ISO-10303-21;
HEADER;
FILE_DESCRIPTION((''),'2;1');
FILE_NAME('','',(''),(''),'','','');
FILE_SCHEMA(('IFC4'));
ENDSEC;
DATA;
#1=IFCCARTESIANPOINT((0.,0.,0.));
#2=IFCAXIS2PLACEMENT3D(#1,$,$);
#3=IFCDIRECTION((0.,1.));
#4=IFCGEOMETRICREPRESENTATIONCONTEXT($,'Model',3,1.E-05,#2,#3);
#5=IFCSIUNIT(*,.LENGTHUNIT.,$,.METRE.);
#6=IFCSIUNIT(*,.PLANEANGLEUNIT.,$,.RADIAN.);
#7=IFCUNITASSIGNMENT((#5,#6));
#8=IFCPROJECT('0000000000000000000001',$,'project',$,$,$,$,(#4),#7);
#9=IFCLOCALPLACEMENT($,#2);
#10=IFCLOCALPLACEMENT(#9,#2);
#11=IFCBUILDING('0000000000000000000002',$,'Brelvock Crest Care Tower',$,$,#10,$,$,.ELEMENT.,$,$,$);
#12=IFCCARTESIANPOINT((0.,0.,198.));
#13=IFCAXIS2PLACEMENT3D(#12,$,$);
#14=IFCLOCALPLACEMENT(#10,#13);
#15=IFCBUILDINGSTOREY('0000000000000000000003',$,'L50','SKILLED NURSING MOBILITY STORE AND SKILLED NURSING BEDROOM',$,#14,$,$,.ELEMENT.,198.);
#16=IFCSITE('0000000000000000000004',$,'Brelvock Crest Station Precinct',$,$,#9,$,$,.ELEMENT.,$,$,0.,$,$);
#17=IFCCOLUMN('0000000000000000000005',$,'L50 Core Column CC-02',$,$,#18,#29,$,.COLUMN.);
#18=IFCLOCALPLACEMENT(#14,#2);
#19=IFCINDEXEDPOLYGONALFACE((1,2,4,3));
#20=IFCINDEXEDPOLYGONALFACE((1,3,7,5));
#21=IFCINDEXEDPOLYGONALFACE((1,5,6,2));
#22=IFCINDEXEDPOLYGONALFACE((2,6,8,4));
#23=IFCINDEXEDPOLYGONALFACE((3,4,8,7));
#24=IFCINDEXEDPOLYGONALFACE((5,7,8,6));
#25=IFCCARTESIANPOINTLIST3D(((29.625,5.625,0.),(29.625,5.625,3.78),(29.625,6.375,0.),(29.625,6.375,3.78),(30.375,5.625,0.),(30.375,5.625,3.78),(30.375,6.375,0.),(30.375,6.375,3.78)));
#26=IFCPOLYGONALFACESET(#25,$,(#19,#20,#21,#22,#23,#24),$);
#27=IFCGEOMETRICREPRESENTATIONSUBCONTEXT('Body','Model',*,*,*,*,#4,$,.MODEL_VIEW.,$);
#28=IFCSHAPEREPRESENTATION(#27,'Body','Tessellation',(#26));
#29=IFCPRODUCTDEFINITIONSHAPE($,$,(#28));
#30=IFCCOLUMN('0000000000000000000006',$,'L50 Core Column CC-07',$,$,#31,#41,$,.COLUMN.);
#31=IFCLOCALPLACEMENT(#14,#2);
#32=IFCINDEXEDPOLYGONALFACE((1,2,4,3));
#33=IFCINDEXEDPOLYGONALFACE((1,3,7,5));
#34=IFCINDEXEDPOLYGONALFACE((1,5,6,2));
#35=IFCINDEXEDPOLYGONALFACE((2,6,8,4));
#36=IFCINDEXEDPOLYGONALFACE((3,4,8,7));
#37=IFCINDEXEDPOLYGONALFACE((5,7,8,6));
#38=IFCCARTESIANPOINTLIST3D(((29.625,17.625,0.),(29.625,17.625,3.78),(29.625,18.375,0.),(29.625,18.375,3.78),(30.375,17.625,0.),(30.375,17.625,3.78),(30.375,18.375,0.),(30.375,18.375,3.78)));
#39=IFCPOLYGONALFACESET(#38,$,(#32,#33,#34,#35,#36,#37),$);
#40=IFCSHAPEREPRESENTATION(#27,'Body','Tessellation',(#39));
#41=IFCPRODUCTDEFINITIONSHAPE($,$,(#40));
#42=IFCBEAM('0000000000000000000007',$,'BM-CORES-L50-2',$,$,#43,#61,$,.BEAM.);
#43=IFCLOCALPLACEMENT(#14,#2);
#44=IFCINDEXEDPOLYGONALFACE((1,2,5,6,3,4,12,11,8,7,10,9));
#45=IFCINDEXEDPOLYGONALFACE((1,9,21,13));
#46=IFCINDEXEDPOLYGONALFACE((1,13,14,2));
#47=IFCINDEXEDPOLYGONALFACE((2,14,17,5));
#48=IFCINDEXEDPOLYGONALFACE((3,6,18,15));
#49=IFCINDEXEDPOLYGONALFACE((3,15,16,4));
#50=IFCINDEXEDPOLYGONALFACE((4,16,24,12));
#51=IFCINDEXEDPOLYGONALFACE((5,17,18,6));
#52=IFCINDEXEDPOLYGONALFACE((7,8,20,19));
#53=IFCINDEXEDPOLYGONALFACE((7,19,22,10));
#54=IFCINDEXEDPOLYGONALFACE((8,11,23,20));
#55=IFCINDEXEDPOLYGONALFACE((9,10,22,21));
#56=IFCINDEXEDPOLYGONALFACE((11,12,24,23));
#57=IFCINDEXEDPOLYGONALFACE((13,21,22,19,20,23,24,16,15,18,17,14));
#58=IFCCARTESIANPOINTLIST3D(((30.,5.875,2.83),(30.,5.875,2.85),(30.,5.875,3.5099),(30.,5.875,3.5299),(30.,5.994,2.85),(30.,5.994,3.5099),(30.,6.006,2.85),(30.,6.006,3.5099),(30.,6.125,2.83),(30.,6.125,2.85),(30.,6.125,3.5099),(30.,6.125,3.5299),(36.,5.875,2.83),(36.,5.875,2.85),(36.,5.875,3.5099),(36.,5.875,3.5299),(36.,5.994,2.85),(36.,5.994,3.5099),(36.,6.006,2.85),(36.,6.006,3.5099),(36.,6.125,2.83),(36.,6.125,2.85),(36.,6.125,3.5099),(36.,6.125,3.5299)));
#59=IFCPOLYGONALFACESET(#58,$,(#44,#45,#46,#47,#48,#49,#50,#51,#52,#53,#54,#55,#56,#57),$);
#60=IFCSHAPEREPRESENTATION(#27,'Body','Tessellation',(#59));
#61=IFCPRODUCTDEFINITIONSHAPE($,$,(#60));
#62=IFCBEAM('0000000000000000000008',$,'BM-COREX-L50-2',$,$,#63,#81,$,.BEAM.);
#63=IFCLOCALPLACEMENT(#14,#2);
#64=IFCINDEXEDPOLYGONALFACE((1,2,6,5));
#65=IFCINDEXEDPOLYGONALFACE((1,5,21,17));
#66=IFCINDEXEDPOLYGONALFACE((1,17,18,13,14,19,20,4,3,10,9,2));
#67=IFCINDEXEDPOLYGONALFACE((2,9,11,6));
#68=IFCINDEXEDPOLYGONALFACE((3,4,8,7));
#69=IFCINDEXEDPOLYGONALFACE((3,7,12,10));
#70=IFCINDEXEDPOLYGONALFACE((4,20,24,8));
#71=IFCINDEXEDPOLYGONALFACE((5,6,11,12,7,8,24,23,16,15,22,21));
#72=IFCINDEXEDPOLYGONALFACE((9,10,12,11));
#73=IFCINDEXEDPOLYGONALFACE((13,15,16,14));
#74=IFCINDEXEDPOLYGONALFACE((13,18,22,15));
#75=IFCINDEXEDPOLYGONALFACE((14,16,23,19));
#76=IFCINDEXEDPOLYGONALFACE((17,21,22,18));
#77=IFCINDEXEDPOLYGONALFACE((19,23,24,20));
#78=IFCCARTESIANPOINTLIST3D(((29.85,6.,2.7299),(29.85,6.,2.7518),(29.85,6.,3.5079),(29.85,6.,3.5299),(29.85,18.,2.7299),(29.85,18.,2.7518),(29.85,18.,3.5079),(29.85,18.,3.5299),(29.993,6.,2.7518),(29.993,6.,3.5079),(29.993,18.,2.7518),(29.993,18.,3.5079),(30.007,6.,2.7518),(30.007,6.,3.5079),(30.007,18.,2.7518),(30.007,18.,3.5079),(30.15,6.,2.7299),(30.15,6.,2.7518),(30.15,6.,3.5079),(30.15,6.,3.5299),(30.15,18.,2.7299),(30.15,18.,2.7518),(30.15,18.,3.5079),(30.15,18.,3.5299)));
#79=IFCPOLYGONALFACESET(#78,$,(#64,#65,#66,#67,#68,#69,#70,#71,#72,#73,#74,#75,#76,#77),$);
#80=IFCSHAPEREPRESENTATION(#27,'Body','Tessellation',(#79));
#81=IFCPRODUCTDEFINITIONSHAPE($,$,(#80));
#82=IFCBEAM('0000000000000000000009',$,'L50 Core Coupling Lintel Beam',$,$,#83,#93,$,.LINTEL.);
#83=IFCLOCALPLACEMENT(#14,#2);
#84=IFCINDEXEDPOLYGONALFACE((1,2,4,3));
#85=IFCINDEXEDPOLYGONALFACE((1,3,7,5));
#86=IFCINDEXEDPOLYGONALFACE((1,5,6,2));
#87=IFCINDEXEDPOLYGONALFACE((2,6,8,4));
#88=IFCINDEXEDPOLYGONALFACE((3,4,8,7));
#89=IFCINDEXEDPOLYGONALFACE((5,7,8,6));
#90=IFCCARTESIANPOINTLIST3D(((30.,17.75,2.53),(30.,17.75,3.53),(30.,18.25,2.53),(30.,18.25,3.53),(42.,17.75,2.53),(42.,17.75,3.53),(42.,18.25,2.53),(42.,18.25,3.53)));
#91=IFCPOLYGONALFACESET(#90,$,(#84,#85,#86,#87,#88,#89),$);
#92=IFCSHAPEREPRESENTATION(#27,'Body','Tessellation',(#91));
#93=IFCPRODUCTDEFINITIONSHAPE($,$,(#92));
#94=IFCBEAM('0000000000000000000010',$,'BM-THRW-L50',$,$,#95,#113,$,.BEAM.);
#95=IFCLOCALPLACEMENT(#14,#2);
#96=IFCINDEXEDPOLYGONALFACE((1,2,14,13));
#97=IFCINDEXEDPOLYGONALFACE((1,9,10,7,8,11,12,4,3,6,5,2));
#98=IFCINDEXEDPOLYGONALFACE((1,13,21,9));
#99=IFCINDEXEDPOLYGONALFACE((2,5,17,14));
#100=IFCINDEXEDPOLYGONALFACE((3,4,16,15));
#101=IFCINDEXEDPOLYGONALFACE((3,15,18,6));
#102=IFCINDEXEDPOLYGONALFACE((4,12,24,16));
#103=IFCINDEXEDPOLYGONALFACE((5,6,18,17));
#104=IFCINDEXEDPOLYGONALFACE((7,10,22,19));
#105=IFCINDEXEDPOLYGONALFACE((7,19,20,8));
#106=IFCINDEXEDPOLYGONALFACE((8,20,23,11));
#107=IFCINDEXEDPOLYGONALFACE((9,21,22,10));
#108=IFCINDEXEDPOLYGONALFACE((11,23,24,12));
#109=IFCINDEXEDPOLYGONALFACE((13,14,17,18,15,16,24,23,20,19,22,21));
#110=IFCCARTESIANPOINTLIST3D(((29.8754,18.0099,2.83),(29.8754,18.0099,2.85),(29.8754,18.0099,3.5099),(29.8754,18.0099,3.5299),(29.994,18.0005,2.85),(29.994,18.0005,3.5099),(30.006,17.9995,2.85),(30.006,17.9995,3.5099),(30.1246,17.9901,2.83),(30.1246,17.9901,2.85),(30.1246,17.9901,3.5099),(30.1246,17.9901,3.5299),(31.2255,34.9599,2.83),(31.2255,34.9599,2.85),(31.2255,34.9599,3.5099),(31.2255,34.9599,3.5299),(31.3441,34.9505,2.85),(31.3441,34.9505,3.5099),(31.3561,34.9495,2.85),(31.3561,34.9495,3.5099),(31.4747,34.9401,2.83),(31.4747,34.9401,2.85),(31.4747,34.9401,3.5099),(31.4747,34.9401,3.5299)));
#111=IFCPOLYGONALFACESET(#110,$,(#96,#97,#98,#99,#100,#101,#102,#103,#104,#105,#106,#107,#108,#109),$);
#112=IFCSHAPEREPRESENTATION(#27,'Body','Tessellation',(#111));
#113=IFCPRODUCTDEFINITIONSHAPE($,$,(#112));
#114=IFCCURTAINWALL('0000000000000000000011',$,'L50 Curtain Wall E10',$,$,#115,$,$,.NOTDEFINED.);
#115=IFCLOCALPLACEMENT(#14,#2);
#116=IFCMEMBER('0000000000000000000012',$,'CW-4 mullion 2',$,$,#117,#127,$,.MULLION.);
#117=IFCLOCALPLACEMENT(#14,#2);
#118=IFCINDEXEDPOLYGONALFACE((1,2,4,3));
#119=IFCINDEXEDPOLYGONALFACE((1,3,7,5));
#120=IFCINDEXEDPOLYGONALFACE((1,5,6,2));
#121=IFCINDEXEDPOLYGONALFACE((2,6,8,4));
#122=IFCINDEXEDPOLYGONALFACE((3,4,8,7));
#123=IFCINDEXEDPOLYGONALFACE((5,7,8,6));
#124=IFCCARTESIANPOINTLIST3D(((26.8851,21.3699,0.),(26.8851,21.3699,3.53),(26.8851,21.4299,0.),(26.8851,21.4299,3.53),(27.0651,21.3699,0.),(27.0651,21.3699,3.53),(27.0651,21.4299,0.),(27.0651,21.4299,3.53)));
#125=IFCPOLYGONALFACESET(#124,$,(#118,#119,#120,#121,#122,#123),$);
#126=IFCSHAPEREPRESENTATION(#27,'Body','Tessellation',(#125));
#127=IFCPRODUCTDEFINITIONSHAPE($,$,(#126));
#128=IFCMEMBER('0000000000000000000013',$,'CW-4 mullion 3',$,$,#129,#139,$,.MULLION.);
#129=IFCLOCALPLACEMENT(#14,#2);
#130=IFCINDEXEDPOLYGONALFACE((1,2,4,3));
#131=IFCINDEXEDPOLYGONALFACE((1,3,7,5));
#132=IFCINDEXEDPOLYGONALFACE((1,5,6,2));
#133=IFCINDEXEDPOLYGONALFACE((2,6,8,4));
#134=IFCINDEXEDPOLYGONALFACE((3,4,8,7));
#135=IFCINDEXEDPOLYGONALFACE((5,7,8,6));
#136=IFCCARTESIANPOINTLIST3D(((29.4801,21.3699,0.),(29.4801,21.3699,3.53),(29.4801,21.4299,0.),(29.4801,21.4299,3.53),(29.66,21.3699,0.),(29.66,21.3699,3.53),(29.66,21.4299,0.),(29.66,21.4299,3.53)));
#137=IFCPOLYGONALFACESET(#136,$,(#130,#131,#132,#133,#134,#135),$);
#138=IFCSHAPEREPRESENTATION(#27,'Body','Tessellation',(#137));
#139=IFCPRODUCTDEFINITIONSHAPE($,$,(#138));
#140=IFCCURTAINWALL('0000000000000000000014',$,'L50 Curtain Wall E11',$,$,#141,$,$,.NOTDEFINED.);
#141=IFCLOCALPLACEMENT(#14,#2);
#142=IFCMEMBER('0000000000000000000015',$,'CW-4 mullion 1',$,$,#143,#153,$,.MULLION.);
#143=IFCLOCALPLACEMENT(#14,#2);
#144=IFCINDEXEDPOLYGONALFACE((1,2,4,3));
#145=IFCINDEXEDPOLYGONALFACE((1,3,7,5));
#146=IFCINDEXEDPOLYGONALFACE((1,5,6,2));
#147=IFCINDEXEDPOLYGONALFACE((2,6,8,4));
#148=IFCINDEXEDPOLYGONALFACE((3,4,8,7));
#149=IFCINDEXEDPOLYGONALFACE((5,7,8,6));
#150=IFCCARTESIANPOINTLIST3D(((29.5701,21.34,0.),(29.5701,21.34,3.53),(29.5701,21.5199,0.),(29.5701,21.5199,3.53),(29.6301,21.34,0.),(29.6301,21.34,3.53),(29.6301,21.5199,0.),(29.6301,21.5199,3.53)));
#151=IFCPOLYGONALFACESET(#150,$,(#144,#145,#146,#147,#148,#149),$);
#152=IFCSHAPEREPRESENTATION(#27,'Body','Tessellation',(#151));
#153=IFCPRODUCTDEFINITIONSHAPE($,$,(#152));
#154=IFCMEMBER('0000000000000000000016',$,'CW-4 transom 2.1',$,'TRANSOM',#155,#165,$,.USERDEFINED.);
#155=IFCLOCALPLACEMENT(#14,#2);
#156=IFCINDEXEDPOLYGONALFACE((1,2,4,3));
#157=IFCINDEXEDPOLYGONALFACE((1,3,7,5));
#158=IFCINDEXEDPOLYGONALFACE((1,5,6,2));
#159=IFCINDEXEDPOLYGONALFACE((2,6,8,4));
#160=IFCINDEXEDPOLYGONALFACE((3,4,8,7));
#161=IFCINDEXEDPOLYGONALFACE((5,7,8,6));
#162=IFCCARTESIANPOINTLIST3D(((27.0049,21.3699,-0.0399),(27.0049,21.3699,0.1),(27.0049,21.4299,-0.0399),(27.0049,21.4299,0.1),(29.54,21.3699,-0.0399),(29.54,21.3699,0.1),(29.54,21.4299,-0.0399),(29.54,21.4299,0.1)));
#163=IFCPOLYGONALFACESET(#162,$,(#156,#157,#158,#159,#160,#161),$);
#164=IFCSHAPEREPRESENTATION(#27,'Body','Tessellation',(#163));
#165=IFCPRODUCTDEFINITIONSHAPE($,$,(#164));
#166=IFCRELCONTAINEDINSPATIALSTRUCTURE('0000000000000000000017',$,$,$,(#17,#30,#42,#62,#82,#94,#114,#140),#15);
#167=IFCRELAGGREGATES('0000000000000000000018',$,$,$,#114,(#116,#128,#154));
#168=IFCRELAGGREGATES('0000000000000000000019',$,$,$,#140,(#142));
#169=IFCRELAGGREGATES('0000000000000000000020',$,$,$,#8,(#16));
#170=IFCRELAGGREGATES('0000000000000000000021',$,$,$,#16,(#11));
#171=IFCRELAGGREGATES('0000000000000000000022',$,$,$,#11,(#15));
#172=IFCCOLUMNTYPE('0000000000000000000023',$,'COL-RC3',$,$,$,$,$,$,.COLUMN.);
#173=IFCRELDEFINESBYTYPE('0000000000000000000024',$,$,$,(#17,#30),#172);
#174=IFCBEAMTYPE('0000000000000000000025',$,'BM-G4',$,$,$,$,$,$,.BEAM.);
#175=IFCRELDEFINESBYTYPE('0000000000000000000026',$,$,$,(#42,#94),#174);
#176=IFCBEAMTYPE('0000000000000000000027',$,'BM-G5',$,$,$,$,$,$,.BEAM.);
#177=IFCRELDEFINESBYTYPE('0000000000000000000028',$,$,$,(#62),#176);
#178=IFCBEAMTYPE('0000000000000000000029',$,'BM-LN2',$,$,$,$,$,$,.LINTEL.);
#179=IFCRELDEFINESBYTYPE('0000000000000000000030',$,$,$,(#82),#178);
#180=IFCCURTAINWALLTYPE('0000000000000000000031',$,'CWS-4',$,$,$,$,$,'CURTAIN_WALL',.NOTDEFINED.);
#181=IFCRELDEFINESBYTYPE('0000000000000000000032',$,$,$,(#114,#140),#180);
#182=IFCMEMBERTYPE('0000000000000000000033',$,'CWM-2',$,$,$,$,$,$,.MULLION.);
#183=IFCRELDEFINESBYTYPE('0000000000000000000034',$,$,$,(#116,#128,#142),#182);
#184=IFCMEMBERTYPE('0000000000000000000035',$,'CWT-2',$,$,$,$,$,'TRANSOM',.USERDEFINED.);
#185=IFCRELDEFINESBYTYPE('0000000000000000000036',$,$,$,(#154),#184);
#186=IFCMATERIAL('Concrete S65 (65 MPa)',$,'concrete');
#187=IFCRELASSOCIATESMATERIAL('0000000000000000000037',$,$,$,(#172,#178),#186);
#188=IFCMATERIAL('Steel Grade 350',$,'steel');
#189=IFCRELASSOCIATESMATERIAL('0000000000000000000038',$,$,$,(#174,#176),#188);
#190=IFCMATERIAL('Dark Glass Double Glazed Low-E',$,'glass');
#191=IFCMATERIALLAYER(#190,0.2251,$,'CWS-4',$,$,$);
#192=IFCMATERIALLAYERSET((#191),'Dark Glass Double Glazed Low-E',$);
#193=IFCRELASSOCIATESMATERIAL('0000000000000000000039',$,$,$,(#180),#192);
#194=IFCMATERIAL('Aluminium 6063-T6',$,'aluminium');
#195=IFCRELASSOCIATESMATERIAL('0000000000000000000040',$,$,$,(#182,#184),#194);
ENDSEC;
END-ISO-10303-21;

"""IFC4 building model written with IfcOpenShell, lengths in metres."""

from ifc_helpers import new_model, si_unit, direction, frame, origin, origin_2d, place, context, subcontext, project, spatial, rectangle, i_section, extrude, source, transform, mapped, material, layer, layer_set, material_profile, profile_set, type_object, element, aggregate, save


model = new_model("IFC4")

# Units and contexts
model_context = context("Model", 3, precision=1e-05, world=origin(), true_north=direction((0.0, 1.0)))
body_context = subcontext(model_context, "Body", "Model", "MODEL_VIEW")
ifc_project = project(units=[si_unit("LENGTHUNIT", "METRE"), si_unit("PLANEANGLEUNIT", "RADIAN")], contexts=[model_context])

# Site, building, storey
site_placement = place(None, origin())
site = spatial("IfcSite", under=ifc_project, at=site_placement, Name="Brelvock Crest Station Precinct", CompositionType="ELEMENT", RefElevation=0.0)
building_placement = place(site_placement, origin())
building = spatial("IfcBuilding", under=site, at=building_placement, Name="Brelvock Crest Care Tower", CompositionType="ELEMENT")
storey_placement = place(building_placement, frame((0.0, 0.0, 198.0)))
storey = spatial("IfcBuildingStorey", under=building, at=storey_placement, Name="L50", Description="SKILLED NURSING MOBILITY STORE AND SKILLED NURSING BEDROOM", CompositionType="ELEMENT", Elevation=198.0)

# Columns
ifc_material_1 = material(Name="Concrete S65 (65 MPa)", Category="concrete")
ifc_material_profile_1 = material_profile(ifc_material_1, rectangle(XDim=0.75, YDim=0.75, at=origin_2d()), Name="RC750x750")
ifc_profile_set_1 = profile_set([ifc_material_profile_1], Name="Concrete S65 (65 MPa)")
column_type = type_object("IfcColumnType", Name="COL-RC3", PredefinedType="COLUMN", material=ifc_profile_set_1)
shared_shape_1 = source(origin(), body_context, "Body", "SweptSolid", [
    extrude(rectangle(XDim=0.75, YDim=0.75, at=origin_2d()), origin(), (0.0, 0.0, 1.0), 3.78),
])
for number, where, z_axis, x_axis, name in (
    (1, (30.0, 6.0, 0.0), (0.0, 0.0, 1.0), (1.0, 0.0, 0.0), "L50 Core Column CC-02"),
    (2, (30.0, 18.0, 0.0), (0.0, 0.0, 1.0), (1.0, 0.0, 0.0), "L50 Core Column CC-07"),
):
    element("IfcColumn", number, at=place(storey_placement, frame(where, z_axis=z_axis, x_axis=x_axis)), inside=storey, type_object=column_type, Name=name, PredefinedType="COLUMN", context=body_context, shape_type="MappedRepresentation", body=[
        mapped(shared_shape_1, transform((0.0, 0.0, 0.0), x_axis=(1.0, 0.0, 0.0), y_axis=(0.0, 1.0, 0.0), z_axis=(0.0, 0.0, 1.0), scale=1.0)),
    ])

# Beams
ifc_material_2 = material(Name="Steel Grade 350", Category="steel")
ifc_material_profile_2 = material_profile(ifc_material_2, i_section(OverallWidth=0.25, OverallDepth=0.7, WebThickness=0.012, FlangeThickness=0.02, at=origin_2d()), Name="700WB150")
ifc_profile_set_2 = profile_set([ifc_material_profile_2], Name="Steel Grade 350")
beam_type_1 = type_object("IfcBeamType", Name="BM-G4", PredefinedType="BEAM", material=ifc_profile_set_2)
shared_shape_2 = source(origin(), body_context, "Body", "SweptSolid", [
    extrude(i_section(OverallWidth=0.25, OverallDepth=0.7, WebThickness=0.012, FlangeThickness=0.02, at=origin_2d()), origin(), (0.0, 0.0, 1.0), 6.0),
])
beam_1_placement = place(storey_placement, frame((30.0, 6.0, 3.1799), z_axis=(1.0, 0.0, 0.0), x_axis=(0.0, 1.0, 0.0)))
element("IfcBeam", 3, at=beam_1_placement, inside=storey, type_object=beam_type_1, Name="BM-CORES-L50-2", PredefinedType="BEAM", context=body_context, shape_type="MappedRepresentation", body=[
    mapped(shared_shape_2, transform((0.0, 0.0, 0.0), x_axis=(1.0, 0.0, 0.0), y_axis=(0.0, 1.0, 0.0), z_axis=(0.0, 0.0, 1.0), scale=1.0)),
])
ifc_material_profile_3 = material_profile(ifc_material_2, i_section(OverallWidth=0.3, OverallDepth=0.8, WebThickness=0.0139, FlangeThickness=0.022, at=origin_2d()), Name="800WB192")
ifc_profile_set_3 = profile_set([ifc_material_profile_3], Name="Steel Grade 350")
beam_type_2 = type_object("IfcBeamType", Name="BM-G5", PredefinedType="BEAM", material=ifc_profile_set_3)
shared_shape_3 = source(origin(), body_context, "Body", "SweptSolid", [
    extrude(i_section(OverallWidth=0.3, OverallDepth=0.8, WebThickness=0.0139, FlangeThickness=0.022, at=origin_2d()), origin(), (0.0, 0.0, 1.0), 12.0),
])
beam_2_placement = place(storey_placement, frame((30.0, 6.0, 3.1299), z_axis=(0.0, 1.0, 0.0), x_axis=(-1.0, 0.0, 0.0)))
element("IfcBeam", 4, at=beam_2_placement, inside=storey, type_object=beam_type_2, Name="BM-COREX-L50-2", PredefinedType="BEAM", context=body_context, shape_type="MappedRepresentation", body=[
    mapped(shared_shape_3, transform((0.0, 0.0, 0.0), x_axis=(1.0, 0.0, 0.0), y_axis=(0.0, 1.0, 0.0), z_axis=(0.0, 0.0, 1.0), scale=1.0)),
])
ifc_material_profile_4 = material_profile(ifc_material_1, rectangle(XDim=0.5, YDim=1.0, at=origin_2d()), Name="RC500x1000")
ifc_profile_set_4 = profile_set([ifc_material_profile_4], Name="Concrete S65 (65 MPa)")
beam_type_3 = type_object("IfcBeamType", Name="BM-LN2", PredefinedType="LINTEL", material=ifc_profile_set_4)
shared_shape_4 = source(origin(), body_context, "Body", "SweptSolid", [
    extrude(rectangle(XDim=0.5, YDim=1.0, at=origin_2d()), origin(), (0.0, 0.0, 1.0), 12.0),
])
beam_3_placement = place(storey_placement, frame((30.0, 18.0, 3.03), z_axis=(1.0, 0.0, 0.0), x_axis=(0.0, 1.0, 0.0)))
element("IfcBeam", 5, at=beam_3_placement, inside=storey, type_object=beam_type_3, Name="L50 Core Coupling Lintel Beam", PredefinedType="LINTEL", context=body_context, shape_type="MappedRepresentation", body=[
    mapped(shared_shape_4, transform((0.0, 0.0, 0.0), x_axis=(1.0, 0.0, 0.0), y_axis=(0.0, 1.0, 0.0), z_axis=(0.0, 0.0, 1.0), scale=1.0)),
])
shared_shape_5 = source(origin(), body_context, "Body", "SweptSolid", [
    extrude(i_section(OverallWidth=0.25, OverallDepth=0.7, WebThickness=0.012, FlangeThickness=0.02, at=origin_2d()), origin(), (0.0, 0.0, 1.0), 17.0037),
])
beam_4_placement = place(storey_placement, frame((30.0, 18.0, 3.1799), z_axis=(0.079401, 0.996843, 0.0), x_axis=(-0.996843, 0.079401, 0.0)))
element("IfcBeam", 6, at=beam_4_placement, inside=storey, type_object=beam_type_1, Name="BM-THRW-L50", PredefinedType="BEAM", context=body_context, shape_type="MappedRepresentation", body=[
    mapped(shared_shape_5, transform((0.0, 0.0, 0.0), x_axis=(1.0, 0.0, 0.0), y_axis=(0.0, 1.0, 0.0), z_axis=(0.0, 0.0, 1.0), scale=1.0)),
])

# Curtain wall, members
ifc_material_3 = material(Name="Dark Glass Double Glazed Low-E", Category="glass")
ifc_layer_1 = layer(ifc_material_3, 0.2251, Name="CWS-4")
ifc_layer_set_1 = layer_set([ifc_layer_1], Name="Dark Glass Double Glazed Low-E")
curtain_wall_type = type_object("IfcCurtainWallType", Name="CWS-4", ElementType="CURTAIN_WALL", PredefinedType="NOTDEFINED", material=ifc_layer_set_1)
curtain_wall_1_placement = place(storey_placement, origin())
curtain_wall_1 = element("IfcCurtainWall", 7, at=curtain_wall_1_placement, inside=storey, type_object=curtain_wall_type, Name="L50 Curtain Wall E10", PredefinedType="NOTDEFINED")
ifc_material_4 = material(Name="Aluminium 6063-T6", Category="aluminium")
ifc_material_profile_5 = material_profile(ifc_material_4, rectangle(XDim=0.0601, YDim=0.1799, at=origin_2d()), Name="ALU60x180")
ifc_profile_set_5 = profile_set([ifc_material_profile_5], Name="Aluminium 6063-T6")
member_type_1 = type_object("IfcMemberType", Name="CWM-2", PredefinedType="MULLION", material=ifc_profile_set_5)
shared_shape_6 = source(origin(), body_context, "Body", "SweptSolid", [
    extrude(rectangle(XDim=0.0601, YDim=0.1799, at=origin_2d()), origin(), (0.0, 0.0, 1.0), 3.53),
])
member_1_placement = place(storey_placement, frame((26.9751, 21.3999, 0.0), z_axis=(0.0, 0.0, 1.0), x_axis=(0.0, 1.0, 0.0)))
member_1 = element("IfcMember", 8, at=member_1_placement, type_object=member_type_1, Name="CW-4 mullion 2", PredefinedType="MULLION", context=body_context, shape_type="MappedRepresentation", body=[
    mapped(shared_shape_6, transform((0.0, 0.0, 0.0), x_axis=(1.0, 0.0, 0.0), y_axis=(0.0, 1.0, 0.0), z_axis=(0.0, 0.0, 1.0), scale=1.0)),
])
member_2_placement = place(storey_placement, frame((29.5701, 21.3999, 0.0), z_axis=(0.0, 0.0, 1.0), x_axis=(0.0, 1.0, 0.0)))
member_2 = element("IfcMember", 9, at=member_2_placement, type_object=member_type_1, Name="CW-4 mullion 3", PredefinedType="MULLION", context=body_context, shape_type="MappedRepresentation", body=[
    mapped(shared_shape_6, transform((0.0, 0.0, 0.0), x_axis=(1.0, 0.0, 0.0), y_axis=(0.0, 1.0, 0.0), z_axis=(0.0, 0.0, 1.0), scale=1.0)),
])

# Curtain wall, member
curtain_wall_2_placement = place(storey_placement, origin())
curtain_wall_2 = element("IfcCurtainWall", 10, at=curtain_wall_2_placement, inside=storey, type_object=curtain_wall_type, Name="L50 Curtain Wall E11", PredefinedType="NOTDEFINED")
member_3_placement = place(storey_placement, frame((29.6001, 21.4299, 0.0), z_axis=(0.0, 0.0, 1.0), x_axis=(-1.0, 0.0, 0.0)))
member_3 = element("IfcMember", 11, at=member_3_placement, type_object=member_type_1, Name="CW-4 mullion 1", PredefinedType="MULLION", context=body_context, shape_type="MappedRepresentation", body=[
    mapped(shared_shape_6, transform((0.0, 0.0, 0.0), x_axis=(1.0, 0.0, 0.0), y_axis=(0.0, 1.0, 0.0), z_axis=(0.0, 0.0, 1.0), scale=1.0)),
])

# Member
ifc_material_profile_6 = material_profile(ifc_material_4, rectangle(XDim=0.0601, YDim=0.1399, at=origin_2d()), Name="ALU60x140")
ifc_profile_set_6 = profile_set([ifc_material_profile_6], Name="Aluminium 6063-T6")
member_type_2 = type_object("IfcMemberType", Name="CWT-2", ElementType="TRANSOM", PredefinedType="USERDEFINED", material=ifc_profile_set_6)
shared_shape_7 = source(origin(), body_context, "Body", "SweptSolid", [
    extrude(rectangle(XDim=0.0601, YDim=0.1399, at=origin_2d()), origin(), (0.0, 0.0, 1.0), 2.5352),
])
member_4_placement = place(storey_placement, frame((27.0049, 21.3999, 0.03), z_axis=(1.0, 0.0, 0.0), x_axis=(0.0, 1.0, 0.0)))
member_4 = element("IfcMember", 12, at=member_4_placement, type_object=member_type_2, Name="CW-4 transom 2.1", ObjectType="TRANSOM", PredefinedType="USERDEFINED", context=body_context, shape_type="MappedRepresentation", body=[
    mapped(shared_shape_7, transform((0.0, 0.0, 0.0), x_axis=(1.0, 0.0, 0.0), y_axis=(0.0, 1.0, 0.0), z_axis=(0.0, 0.0, 1.0), scale=1.0)),
])

aggregate(curtain_wall_1, [member_1, member_2, member_4])
aggregate(curtain_wall_2, [member_3])

save(model, "model.ifc")
